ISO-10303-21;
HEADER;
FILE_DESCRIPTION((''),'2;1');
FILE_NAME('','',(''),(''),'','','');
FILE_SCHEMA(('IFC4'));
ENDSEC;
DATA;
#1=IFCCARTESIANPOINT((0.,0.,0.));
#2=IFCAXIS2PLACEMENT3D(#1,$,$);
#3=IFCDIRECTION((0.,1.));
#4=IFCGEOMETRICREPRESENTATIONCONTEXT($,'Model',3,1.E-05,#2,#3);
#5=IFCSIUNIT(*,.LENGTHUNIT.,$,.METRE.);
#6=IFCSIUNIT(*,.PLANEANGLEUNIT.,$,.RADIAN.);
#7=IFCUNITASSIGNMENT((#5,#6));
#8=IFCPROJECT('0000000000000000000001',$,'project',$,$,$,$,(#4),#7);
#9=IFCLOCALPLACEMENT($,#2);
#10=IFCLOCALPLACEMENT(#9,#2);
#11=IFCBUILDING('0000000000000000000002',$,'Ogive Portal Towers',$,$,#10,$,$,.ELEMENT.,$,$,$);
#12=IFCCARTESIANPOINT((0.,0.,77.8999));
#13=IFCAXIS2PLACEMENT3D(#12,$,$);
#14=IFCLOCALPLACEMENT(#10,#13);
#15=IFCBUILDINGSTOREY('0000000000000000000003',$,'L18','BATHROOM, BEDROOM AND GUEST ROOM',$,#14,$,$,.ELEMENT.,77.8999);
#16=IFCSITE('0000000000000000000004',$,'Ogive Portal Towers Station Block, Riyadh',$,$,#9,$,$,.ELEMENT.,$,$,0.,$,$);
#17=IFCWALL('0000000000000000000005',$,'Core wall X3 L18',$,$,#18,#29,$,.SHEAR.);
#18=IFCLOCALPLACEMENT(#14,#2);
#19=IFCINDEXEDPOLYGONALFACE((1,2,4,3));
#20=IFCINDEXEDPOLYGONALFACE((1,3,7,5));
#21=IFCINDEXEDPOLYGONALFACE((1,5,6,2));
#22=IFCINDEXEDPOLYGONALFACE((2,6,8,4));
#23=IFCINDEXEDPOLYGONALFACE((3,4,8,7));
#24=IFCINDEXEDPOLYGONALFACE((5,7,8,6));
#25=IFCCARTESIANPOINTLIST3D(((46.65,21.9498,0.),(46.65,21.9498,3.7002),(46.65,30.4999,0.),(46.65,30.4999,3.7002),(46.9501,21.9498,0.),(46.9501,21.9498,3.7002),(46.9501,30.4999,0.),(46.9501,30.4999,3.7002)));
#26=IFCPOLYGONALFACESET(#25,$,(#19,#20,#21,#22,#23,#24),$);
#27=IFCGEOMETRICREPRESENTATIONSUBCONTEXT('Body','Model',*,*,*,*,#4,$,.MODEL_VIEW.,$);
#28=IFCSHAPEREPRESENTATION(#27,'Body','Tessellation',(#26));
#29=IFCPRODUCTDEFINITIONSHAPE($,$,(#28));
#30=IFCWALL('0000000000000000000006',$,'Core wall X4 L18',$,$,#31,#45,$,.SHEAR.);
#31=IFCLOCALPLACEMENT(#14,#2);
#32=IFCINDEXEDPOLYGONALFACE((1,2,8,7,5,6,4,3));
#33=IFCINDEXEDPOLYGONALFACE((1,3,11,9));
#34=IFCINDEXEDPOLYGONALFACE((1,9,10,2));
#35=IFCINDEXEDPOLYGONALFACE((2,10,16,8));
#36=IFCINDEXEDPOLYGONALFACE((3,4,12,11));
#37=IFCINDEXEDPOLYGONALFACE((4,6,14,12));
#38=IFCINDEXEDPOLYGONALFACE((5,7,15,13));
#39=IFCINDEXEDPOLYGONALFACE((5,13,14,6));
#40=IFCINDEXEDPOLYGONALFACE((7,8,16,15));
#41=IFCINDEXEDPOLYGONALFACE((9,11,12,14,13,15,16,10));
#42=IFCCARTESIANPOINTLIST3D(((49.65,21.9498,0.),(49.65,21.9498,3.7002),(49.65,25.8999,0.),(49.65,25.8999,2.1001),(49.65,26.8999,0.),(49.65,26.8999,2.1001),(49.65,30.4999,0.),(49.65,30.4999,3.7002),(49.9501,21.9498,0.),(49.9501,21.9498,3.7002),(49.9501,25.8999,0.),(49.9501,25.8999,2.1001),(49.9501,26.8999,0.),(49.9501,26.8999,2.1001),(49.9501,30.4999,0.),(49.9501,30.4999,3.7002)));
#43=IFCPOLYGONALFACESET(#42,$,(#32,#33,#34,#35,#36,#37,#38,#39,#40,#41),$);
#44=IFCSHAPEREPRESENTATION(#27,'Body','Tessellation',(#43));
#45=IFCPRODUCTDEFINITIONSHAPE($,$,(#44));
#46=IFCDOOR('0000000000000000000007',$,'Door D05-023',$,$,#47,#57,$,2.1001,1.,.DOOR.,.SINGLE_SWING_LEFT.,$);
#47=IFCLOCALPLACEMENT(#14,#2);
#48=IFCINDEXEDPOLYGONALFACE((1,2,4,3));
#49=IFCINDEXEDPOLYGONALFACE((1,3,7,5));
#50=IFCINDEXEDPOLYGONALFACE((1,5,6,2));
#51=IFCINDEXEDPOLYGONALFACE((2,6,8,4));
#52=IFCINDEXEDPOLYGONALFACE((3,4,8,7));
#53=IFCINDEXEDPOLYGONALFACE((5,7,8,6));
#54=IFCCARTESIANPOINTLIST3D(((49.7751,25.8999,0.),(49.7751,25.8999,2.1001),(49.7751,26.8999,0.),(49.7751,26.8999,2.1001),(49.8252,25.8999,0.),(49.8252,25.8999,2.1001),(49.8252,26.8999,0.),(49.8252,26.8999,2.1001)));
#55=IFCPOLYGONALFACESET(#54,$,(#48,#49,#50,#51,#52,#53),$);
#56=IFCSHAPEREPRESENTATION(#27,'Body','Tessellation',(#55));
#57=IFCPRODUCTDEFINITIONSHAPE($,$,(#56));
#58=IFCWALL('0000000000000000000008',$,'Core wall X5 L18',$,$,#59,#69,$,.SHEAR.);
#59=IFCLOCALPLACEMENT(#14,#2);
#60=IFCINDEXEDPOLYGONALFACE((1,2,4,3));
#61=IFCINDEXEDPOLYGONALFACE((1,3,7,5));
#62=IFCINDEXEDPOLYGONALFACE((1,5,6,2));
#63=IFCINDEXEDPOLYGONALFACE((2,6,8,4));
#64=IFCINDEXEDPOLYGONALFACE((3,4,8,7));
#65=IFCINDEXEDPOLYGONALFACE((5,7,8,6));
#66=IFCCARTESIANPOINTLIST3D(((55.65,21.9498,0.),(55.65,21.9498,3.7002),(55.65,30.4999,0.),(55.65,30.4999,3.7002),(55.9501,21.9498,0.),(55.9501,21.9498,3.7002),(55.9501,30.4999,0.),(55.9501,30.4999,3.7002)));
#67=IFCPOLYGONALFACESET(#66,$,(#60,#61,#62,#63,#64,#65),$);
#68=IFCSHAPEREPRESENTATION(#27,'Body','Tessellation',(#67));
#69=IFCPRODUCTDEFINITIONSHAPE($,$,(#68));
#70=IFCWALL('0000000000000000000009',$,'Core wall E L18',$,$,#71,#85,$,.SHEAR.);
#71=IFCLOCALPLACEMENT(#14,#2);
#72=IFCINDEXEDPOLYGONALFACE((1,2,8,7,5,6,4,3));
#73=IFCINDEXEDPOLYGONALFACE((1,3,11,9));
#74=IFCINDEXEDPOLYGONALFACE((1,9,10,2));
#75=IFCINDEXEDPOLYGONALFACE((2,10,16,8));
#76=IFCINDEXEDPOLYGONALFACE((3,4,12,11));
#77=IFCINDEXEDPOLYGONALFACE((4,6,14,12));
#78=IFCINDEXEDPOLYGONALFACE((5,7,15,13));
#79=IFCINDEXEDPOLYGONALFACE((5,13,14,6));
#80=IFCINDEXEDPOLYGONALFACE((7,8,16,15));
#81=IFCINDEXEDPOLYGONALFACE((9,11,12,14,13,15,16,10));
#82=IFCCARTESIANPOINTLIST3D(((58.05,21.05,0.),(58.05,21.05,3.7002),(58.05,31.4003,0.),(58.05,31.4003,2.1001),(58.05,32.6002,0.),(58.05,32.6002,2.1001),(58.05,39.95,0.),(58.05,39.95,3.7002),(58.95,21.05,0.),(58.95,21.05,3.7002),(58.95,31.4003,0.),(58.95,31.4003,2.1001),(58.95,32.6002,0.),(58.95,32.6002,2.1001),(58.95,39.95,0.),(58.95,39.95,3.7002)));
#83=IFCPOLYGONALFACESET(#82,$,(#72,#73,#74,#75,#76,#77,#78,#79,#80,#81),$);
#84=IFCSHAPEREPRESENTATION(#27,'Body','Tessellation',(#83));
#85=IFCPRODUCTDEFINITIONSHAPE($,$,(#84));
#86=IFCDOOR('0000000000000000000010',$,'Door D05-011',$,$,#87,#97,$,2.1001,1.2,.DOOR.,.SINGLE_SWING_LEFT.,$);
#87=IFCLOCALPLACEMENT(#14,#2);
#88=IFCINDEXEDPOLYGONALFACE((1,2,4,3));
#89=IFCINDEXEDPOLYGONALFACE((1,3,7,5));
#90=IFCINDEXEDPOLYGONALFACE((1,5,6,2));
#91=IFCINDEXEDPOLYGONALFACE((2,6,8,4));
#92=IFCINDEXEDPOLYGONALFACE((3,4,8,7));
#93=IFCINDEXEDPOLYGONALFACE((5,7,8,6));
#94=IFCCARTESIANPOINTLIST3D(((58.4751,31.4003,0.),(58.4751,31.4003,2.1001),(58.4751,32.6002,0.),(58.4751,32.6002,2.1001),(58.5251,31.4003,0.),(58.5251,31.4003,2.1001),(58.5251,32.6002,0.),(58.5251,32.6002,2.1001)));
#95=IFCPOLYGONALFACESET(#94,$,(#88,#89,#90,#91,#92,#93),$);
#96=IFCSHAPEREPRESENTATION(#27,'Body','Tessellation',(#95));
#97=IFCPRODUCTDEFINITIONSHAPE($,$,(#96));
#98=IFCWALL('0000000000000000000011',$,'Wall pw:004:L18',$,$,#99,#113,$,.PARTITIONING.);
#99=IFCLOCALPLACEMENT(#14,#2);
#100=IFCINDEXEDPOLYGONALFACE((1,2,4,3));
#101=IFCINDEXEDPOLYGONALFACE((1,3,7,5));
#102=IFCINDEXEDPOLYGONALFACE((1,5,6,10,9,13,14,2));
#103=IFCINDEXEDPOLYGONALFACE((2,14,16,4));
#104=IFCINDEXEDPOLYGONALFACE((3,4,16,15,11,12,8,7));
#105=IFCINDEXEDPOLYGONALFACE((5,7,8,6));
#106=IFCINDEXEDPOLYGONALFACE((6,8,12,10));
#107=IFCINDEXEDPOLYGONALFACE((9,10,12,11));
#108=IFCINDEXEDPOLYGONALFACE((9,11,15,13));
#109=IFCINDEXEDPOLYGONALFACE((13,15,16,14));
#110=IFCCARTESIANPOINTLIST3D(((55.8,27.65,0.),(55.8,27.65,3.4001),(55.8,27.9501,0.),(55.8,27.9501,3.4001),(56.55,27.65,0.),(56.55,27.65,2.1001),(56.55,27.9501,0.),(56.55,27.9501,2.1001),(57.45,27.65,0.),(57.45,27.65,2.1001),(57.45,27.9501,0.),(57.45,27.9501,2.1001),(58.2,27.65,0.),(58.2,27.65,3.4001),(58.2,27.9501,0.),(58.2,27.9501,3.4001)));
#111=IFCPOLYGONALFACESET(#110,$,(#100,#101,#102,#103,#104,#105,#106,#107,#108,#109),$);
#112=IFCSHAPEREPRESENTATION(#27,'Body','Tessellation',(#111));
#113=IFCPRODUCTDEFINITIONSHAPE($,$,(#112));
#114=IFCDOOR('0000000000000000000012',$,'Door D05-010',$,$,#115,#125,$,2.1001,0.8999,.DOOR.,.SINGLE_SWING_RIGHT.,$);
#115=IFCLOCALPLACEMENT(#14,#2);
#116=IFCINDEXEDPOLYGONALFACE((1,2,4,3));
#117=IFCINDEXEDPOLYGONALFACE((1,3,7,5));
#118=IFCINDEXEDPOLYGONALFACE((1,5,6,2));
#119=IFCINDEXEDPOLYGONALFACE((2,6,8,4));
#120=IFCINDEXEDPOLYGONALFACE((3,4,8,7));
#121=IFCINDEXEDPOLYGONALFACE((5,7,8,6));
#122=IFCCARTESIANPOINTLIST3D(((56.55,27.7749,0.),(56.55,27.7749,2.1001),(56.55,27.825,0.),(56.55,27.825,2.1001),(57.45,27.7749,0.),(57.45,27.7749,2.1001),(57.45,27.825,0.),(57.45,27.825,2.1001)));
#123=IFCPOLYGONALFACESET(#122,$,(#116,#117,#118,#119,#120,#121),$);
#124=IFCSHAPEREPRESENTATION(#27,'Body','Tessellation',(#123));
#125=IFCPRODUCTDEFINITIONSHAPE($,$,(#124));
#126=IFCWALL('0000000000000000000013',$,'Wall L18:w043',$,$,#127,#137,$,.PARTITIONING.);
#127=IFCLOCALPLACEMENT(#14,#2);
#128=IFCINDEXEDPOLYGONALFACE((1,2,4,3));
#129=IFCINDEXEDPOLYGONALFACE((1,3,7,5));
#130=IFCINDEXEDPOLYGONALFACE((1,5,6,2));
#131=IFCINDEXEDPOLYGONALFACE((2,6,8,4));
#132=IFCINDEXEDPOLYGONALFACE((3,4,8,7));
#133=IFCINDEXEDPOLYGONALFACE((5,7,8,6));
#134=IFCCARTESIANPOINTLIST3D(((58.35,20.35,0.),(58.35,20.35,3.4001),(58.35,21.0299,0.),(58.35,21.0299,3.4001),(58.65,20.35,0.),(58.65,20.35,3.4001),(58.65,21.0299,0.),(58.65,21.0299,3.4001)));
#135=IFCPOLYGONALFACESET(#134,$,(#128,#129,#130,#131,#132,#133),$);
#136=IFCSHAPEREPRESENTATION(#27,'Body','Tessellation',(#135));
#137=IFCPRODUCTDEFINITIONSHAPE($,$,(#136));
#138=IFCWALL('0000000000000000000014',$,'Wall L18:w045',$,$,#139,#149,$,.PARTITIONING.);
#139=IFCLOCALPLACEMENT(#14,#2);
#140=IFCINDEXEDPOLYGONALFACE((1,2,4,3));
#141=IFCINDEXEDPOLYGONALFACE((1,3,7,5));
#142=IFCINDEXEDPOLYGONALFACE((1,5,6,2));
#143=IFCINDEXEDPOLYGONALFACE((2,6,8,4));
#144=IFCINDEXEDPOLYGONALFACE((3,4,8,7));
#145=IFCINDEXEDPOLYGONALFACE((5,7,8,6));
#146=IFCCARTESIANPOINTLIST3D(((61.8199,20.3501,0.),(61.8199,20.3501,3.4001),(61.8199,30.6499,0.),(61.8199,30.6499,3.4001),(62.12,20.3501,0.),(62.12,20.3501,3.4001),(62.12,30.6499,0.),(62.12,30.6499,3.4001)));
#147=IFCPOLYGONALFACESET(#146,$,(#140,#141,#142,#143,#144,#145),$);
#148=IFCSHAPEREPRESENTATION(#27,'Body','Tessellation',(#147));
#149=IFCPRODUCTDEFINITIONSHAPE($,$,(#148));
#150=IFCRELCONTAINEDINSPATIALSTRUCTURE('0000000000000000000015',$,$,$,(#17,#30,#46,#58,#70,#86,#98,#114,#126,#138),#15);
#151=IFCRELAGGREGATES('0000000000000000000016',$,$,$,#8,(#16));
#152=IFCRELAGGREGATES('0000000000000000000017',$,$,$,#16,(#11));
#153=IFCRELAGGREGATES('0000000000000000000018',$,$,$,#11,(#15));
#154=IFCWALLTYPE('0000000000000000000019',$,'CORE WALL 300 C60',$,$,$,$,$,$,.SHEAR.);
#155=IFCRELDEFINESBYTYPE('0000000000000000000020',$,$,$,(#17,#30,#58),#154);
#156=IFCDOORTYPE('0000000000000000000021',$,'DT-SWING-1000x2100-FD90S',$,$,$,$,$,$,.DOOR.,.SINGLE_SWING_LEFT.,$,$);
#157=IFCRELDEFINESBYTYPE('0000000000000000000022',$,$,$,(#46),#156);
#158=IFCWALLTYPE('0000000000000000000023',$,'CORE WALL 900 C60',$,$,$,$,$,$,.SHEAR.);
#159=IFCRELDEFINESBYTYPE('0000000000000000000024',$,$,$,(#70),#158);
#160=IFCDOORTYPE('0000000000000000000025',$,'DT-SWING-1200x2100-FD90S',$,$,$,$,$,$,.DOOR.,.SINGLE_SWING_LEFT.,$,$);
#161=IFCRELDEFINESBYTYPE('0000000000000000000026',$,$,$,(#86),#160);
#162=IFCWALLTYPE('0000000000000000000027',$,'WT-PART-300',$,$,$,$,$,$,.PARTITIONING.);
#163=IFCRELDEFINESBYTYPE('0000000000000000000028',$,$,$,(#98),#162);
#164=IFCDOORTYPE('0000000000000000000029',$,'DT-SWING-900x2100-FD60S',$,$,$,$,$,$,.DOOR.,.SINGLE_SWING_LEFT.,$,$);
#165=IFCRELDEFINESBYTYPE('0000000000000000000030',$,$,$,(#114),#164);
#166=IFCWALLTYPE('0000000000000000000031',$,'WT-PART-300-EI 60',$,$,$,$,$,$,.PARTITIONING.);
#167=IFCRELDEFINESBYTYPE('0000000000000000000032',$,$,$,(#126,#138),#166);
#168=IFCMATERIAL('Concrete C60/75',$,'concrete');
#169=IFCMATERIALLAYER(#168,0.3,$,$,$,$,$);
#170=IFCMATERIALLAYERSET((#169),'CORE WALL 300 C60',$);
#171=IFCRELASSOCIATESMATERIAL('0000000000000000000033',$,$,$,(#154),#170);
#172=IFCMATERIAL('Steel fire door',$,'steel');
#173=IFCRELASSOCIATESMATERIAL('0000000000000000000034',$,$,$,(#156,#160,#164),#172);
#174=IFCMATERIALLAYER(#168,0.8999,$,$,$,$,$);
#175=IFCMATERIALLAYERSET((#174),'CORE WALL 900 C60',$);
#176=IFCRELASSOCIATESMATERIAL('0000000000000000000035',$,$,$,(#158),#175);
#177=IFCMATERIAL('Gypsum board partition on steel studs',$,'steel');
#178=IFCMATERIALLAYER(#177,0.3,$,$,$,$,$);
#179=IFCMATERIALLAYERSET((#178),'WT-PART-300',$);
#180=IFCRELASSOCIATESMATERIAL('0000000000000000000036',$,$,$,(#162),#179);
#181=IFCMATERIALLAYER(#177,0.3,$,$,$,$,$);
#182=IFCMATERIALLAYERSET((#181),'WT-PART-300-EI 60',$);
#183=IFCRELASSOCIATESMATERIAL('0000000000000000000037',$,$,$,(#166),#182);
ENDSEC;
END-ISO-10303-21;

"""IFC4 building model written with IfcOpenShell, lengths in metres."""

from ifc_helpers import new_model, si_unit, direction, frame, frame_2d, origin, place, context, subcontext, project, spatial, rectangle, extrude, material, layer, layer_set, type_object, element, fill, save


model = new_model("IFC4")

# Units and contexts
model_context = context("Model", 3, precision=1e-05, world=origin(), true_north=direction((0.0, 1.0)))
body_context = subcontext(model_context, "Body", "Model", "MODEL_VIEW")
ifc_project = project(units=[si_unit("LENGTHUNIT", "METRE"), si_unit("PLANEANGLEUNIT", "RADIAN")], contexts=[model_context])

# Site, building, storey
site_placement = place(None, origin())
site = spatial("IfcSite", under=ifc_project, at=site_placement, Name="Ogive Portal Towers Station Block, Riyadh", CompositionType="ELEMENT", RefElevation=0.0)
building_placement = place(site_placement, origin())
building = spatial("IfcBuilding", under=site, at=building_placement, Name="Ogive Portal Towers", CompositionType="ELEMENT")
storey_placement = place(building_placement, frame((0.0, 0.0, 77.8999)))
storey = spatial("IfcBuildingStorey", under=building, at=storey_placement, Name="L18", Description="BATHROOM, BEDROOM AND GUEST ROOM", CompositionType="ELEMENT", Elevation=77.8999)

# Wall
ifc_material_1 = material(Name="Concrete C60/75", Category="concrete")
ifc_layer_1 = layer(ifc_material_1, 0.3)
ifc_layer_set_1 = layer_set([ifc_layer_1], Name="CORE WALL 300 C60")
wall_type_1 = type_object("IfcWallType", Name="CORE WALL 300 C60", PredefinedType="SHEAR", material=ifc_layer_set_1)
wall_1_placement = place(storey_placement, frame((46.8, 21.95, 0.0), z_axis=(0.0, 0.0, 1.0), x_axis=(0.0, 1.0, 0.0)))
element("IfcWall", 1, at=wall_1_placement, inside=storey, type_object=wall_type_1, Name="Core wall X3 L18", PredefinedType="SHEAR", context=body_context, shape_type="SweptSolid", body=[
    extrude(rectangle(XDim=8.55, YDim=0.3, at=frame_2d((4.2749, 0.0))), origin(), (0.0, 0.0, 1.0), 3.7002),
])

# Wall, opening, door
wall_2_placement = place(storey_placement, frame((49.8, 21.95, 0.0), z_axis=(0.0, 0.0, 1.0), x_axis=(0.0, 1.0, 0.0)))
wall_2 = element("IfcWall", 2, at=wall_2_placement, inside=storey, type_object=wall_type_1, Name="Core wall X4 L18", PredefinedType="SHEAR", context=body_context, shape_type="SweptSolid", body=[
    extrude(rectangle(XDim=8.55, YDim=0.3, at=frame_2d((4.2749, 0.0))), origin(), (0.0, 0.0, 1.0), 3.7002),
])
opening_1_placement = place(wall_2_placement, frame((3.95, 0.0, 0.0)))
opening_1 = element("IfcOpeningElement", 3, at=opening_1_placement, cuts=wall_2, PredefinedType="OPENING", context=body_context, shape_type="SweptSolid", body=[
    extrude(rectangle(XDim=1.0, YDim=2.1001, at=frame_2d((0.5, 1.05))), frame((0.0, 0.1602, 0.0), z_axis=(0.0, -1.0, 0.0), x_axis=(1.0, 0.0, 0.0)), (0.0, 0.0, 1.0), 0.3201),
])
ifc_material_2 = material(Name="Steel fire door", Category="steel")
door_type_1 = type_object("IfcDoorType", Name="DT-SWING-1000x2100-FD90S", OperationType="SINGLE_SWING_LEFT", PredefinedType="DOOR", material=ifc_material_2)
door_1_placement = place(opening_1_placement, origin())
door_1 = element("IfcDoor", 4, at=door_1_placement, inside=storey, type_object=door_type_1, Name="Door D05-023", OperationType="SINGLE_SWING_LEFT", OverallHeight=2.1001, OverallWidth=1.0, PredefinedType="DOOR", context=body_context, shape_type="SweptSolid", body=[
    extrude(rectangle(XDim=1.0, YDim=2.1001, at=frame_2d((0.5, 1.05))), frame((0.0, 0.0249, 0.0), z_axis=(0.0, -1.0, 0.0), x_axis=(1.0, 0.0, 0.0)), (0.0, 0.0, 1.0), 0.05),
])
fill(opening_1, door_1)

# Wall
wall_3_placement = place(storey_placement, frame((55.8, 21.95, 0.0), z_axis=(0.0, 0.0, 1.0), x_axis=(0.0, 1.0, 0.0)))
element("IfcWall", 5, at=wall_3_placement, inside=storey, type_object=wall_type_1, Name="Core wall X5 L18", PredefinedType="SHEAR", context=body_context, shape_type="SweptSolid", body=[
    extrude(rectangle(XDim=8.55, YDim=0.3, at=frame_2d((4.2749, 0.0))), origin(), (0.0, 0.0, 1.0), 3.7002),
])

# Walls, openings, doors
ifc_layer_2 = layer(ifc_material_1, 0.8999)
ifc_layer_set_2 = layer_set([ifc_layer_2], Name="CORE WALL 900 C60")
wall_type_2 = type_object("IfcWallType", Name="CORE WALL 900 C60", PredefinedType="SHEAR", material=ifc_layer_set_2)
wall_4_placement = place(storey_placement, frame((58.5, 21.05, 0.0), z_axis=(0.0, 0.0, 1.0), x_axis=(0.0, 1.0, 0.0)))
wall_4 = element("IfcWall", 6, at=wall_4_placement, inside=storey, type_object=wall_type_2, Name="Core wall E L18", PredefinedType="SHEAR", context=body_context, shape_type="SweptSolid", body=[
    extrude(rectangle(XDim=18.8999, YDim=0.8999, at=frame_2d((9.45, 0.0))), origin(), (0.0, 0.0, 1.0), 3.7002),
])
opening_2_placement = place(wall_4_placement, frame((10.3501, 0.0, 0.0)))
opening_2 = element("IfcOpeningElement", 7, at=opening_2_placement, cuts=wall_4, PredefinedType="OPENING", context=body_context, shape_type="SweptSolid", body=[
    extrude(rectangle(XDim=1.2, YDim=2.1001, at=frame_2d((0.6001, 1.05))), frame((0.0, 0.46, 0.0), z_axis=(0.0, -1.0, 0.0), x_axis=(1.0, 0.0, 0.0)), (0.0, 0.0, 1.0), 0.9199),
])
door_type_2 = type_object("IfcDoorType", Name="DT-SWING-1200x2100-FD90S", OperationType="SINGLE_SWING_LEFT", PredefinedType="DOOR", material=ifc_material_2)
door_2_placement = place(opening_2_placement, origin())
door_2 = element("IfcDoor", 8, at=door_2_placement, inside=storey, type_object=door_type_2, Name="Door D05-011", OperationType="SINGLE_SWING_LEFT", OverallHeight=2.1001, OverallWidth=1.2, PredefinedType="DOOR", context=body_context, shape_type="SweptSolid", body=[
    extrude(rectangle(XDim=1.2, YDim=2.1001, at=frame_2d((0.6001, 1.05))), frame((0.0, 0.0249, 0.0), z_axis=(0.0, -1.0, 0.0), x_axis=(1.0, 0.0, 0.0)), (0.0, 0.0, 1.0), 0.05),
])
fill(opening_2, door_2)
ifc_material_3 = material(Name="Gypsum board partition on steel studs", Category="steel")
ifc_layer_3 = layer(ifc_material_3, 0.3)
ifc_layer_set_3 = layer_set([ifc_layer_3], Name="WT-PART-300")
wall_type_3 = type_object("IfcWallType", Name="WT-PART-300", PredefinedType="PARTITIONING", material=ifc_layer_set_3)
wall_5_placement = place(storey_placement, frame((55.8, 27.8, 0.0), z_axis=(0.0, 0.0, 1.0), x_axis=(1.0, 0.0, 0.0)))
wall_5 = element("IfcWall", 9, at=wall_5_placement, inside=storey, type_object=wall_type_3, Name="Wall pw:004:L18", PredefinedType="PARTITIONING", context=body_context, shape_type="SweptSolid", body=[
    extrude(rectangle(XDim=2.3999, YDim=0.3, at=frame_2d((1.2, 0.0))), origin(), (0.0, 0.0, 1.0), 3.4001),
])
opening_3_placement = place(wall_5_placement, frame((0.75, 0.0, 0.0)))
opening_3 = element("IfcOpeningElement", 10, at=opening_3_placement, cuts=wall_5, PredefinedType="OPENING", context=body_context, shape_type="SweptSolid", body=[
    extrude(rectangle(XDim=0.8999, YDim=2.1001, at=frame_2d((0.45, 1.05))), frame((0.0, 0.1602, 0.0), z_axis=(0.0, -1.0, 0.0), x_axis=(1.0, 0.0, 0.0)), (0.0, 0.0, 1.0), 0.3201),
])
door_type_3 = type_object("IfcDoorType", Name="DT-SWING-900x2100-FD60S", OperationType="SINGLE_SWING_LEFT", PredefinedType="DOOR", material=ifc_material_2)
door_3_placement = place(opening_3_placement, origin())
door_3 = element("IfcDoor", 11, at=door_3_placement, inside=storey, type_object=door_type_3, Name="Door D05-010", OperationType="SINGLE_SWING_RIGHT", OverallHeight=2.1001, OverallWidth=0.8999, PredefinedType="DOOR", context=body_context, shape_type="SweptSolid", body=[
    extrude(rectangle(XDim=0.8999, YDim=2.1001, at=frame_2d((0.45, 1.05))), frame((0.0, 0.0249, 0.0), z_axis=(0.0, -1.0, 0.0), x_axis=(1.0, 0.0, 0.0)), (0.0, 0.0, 1.0), 0.05),
])
fill(opening_3, door_3)

# Walls
ifc_layer_4 = layer(ifc_material_3, 0.3)
ifc_layer_set_4 = layer_set([ifc_layer_4], Name="WT-PART-300-EI 60")
wall_type_4 = type_object("IfcWallType", Name="WT-PART-300-EI 60", PredefinedType="PARTITIONING", material=ifc_layer_set_4)
wall_6_placement = place(storey_placement, frame((58.5, 20.3501, 0.0), z_axis=(0.0, 0.0, 1.0), x_axis=(0.0, 1.0, 0.0)))
element("IfcWall", 12, at=wall_6_placement, inside=storey, type_object=wall_type_4, Name="Wall L18:w043", PredefinedType="PARTITIONING", context=body_context, shape_type="SweptSolid", body=[
    extrude(rectangle(XDim=0.6799, YDim=0.3, at=frame_2d((0.3398, 0.0))), origin(), (0.0, 0.0, 1.0), 3.4001),
])
wall_7_placement = place(storey_placement, frame((61.97, 20.3501, 0.0), z_axis=(0.0, 0.0, 1.0), x_axis=(0.0, 1.0, 0.0)))
element("IfcWall", 13, at=wall_7_placement, inside=storey, type_object=wall_type_4, Name="Wall L18:w045", PredefinedType="PARTITIONING", context=body_context, shape_type="SweptSolid", body=[
    extrude(rectangle(XDim=10.2998, YDim=0.3, at=frame_2d((5.1499, 0.0))), origin(), (0.0, 0.0, 1.0), 3.4001),
])

save(model, "model.ifc")
